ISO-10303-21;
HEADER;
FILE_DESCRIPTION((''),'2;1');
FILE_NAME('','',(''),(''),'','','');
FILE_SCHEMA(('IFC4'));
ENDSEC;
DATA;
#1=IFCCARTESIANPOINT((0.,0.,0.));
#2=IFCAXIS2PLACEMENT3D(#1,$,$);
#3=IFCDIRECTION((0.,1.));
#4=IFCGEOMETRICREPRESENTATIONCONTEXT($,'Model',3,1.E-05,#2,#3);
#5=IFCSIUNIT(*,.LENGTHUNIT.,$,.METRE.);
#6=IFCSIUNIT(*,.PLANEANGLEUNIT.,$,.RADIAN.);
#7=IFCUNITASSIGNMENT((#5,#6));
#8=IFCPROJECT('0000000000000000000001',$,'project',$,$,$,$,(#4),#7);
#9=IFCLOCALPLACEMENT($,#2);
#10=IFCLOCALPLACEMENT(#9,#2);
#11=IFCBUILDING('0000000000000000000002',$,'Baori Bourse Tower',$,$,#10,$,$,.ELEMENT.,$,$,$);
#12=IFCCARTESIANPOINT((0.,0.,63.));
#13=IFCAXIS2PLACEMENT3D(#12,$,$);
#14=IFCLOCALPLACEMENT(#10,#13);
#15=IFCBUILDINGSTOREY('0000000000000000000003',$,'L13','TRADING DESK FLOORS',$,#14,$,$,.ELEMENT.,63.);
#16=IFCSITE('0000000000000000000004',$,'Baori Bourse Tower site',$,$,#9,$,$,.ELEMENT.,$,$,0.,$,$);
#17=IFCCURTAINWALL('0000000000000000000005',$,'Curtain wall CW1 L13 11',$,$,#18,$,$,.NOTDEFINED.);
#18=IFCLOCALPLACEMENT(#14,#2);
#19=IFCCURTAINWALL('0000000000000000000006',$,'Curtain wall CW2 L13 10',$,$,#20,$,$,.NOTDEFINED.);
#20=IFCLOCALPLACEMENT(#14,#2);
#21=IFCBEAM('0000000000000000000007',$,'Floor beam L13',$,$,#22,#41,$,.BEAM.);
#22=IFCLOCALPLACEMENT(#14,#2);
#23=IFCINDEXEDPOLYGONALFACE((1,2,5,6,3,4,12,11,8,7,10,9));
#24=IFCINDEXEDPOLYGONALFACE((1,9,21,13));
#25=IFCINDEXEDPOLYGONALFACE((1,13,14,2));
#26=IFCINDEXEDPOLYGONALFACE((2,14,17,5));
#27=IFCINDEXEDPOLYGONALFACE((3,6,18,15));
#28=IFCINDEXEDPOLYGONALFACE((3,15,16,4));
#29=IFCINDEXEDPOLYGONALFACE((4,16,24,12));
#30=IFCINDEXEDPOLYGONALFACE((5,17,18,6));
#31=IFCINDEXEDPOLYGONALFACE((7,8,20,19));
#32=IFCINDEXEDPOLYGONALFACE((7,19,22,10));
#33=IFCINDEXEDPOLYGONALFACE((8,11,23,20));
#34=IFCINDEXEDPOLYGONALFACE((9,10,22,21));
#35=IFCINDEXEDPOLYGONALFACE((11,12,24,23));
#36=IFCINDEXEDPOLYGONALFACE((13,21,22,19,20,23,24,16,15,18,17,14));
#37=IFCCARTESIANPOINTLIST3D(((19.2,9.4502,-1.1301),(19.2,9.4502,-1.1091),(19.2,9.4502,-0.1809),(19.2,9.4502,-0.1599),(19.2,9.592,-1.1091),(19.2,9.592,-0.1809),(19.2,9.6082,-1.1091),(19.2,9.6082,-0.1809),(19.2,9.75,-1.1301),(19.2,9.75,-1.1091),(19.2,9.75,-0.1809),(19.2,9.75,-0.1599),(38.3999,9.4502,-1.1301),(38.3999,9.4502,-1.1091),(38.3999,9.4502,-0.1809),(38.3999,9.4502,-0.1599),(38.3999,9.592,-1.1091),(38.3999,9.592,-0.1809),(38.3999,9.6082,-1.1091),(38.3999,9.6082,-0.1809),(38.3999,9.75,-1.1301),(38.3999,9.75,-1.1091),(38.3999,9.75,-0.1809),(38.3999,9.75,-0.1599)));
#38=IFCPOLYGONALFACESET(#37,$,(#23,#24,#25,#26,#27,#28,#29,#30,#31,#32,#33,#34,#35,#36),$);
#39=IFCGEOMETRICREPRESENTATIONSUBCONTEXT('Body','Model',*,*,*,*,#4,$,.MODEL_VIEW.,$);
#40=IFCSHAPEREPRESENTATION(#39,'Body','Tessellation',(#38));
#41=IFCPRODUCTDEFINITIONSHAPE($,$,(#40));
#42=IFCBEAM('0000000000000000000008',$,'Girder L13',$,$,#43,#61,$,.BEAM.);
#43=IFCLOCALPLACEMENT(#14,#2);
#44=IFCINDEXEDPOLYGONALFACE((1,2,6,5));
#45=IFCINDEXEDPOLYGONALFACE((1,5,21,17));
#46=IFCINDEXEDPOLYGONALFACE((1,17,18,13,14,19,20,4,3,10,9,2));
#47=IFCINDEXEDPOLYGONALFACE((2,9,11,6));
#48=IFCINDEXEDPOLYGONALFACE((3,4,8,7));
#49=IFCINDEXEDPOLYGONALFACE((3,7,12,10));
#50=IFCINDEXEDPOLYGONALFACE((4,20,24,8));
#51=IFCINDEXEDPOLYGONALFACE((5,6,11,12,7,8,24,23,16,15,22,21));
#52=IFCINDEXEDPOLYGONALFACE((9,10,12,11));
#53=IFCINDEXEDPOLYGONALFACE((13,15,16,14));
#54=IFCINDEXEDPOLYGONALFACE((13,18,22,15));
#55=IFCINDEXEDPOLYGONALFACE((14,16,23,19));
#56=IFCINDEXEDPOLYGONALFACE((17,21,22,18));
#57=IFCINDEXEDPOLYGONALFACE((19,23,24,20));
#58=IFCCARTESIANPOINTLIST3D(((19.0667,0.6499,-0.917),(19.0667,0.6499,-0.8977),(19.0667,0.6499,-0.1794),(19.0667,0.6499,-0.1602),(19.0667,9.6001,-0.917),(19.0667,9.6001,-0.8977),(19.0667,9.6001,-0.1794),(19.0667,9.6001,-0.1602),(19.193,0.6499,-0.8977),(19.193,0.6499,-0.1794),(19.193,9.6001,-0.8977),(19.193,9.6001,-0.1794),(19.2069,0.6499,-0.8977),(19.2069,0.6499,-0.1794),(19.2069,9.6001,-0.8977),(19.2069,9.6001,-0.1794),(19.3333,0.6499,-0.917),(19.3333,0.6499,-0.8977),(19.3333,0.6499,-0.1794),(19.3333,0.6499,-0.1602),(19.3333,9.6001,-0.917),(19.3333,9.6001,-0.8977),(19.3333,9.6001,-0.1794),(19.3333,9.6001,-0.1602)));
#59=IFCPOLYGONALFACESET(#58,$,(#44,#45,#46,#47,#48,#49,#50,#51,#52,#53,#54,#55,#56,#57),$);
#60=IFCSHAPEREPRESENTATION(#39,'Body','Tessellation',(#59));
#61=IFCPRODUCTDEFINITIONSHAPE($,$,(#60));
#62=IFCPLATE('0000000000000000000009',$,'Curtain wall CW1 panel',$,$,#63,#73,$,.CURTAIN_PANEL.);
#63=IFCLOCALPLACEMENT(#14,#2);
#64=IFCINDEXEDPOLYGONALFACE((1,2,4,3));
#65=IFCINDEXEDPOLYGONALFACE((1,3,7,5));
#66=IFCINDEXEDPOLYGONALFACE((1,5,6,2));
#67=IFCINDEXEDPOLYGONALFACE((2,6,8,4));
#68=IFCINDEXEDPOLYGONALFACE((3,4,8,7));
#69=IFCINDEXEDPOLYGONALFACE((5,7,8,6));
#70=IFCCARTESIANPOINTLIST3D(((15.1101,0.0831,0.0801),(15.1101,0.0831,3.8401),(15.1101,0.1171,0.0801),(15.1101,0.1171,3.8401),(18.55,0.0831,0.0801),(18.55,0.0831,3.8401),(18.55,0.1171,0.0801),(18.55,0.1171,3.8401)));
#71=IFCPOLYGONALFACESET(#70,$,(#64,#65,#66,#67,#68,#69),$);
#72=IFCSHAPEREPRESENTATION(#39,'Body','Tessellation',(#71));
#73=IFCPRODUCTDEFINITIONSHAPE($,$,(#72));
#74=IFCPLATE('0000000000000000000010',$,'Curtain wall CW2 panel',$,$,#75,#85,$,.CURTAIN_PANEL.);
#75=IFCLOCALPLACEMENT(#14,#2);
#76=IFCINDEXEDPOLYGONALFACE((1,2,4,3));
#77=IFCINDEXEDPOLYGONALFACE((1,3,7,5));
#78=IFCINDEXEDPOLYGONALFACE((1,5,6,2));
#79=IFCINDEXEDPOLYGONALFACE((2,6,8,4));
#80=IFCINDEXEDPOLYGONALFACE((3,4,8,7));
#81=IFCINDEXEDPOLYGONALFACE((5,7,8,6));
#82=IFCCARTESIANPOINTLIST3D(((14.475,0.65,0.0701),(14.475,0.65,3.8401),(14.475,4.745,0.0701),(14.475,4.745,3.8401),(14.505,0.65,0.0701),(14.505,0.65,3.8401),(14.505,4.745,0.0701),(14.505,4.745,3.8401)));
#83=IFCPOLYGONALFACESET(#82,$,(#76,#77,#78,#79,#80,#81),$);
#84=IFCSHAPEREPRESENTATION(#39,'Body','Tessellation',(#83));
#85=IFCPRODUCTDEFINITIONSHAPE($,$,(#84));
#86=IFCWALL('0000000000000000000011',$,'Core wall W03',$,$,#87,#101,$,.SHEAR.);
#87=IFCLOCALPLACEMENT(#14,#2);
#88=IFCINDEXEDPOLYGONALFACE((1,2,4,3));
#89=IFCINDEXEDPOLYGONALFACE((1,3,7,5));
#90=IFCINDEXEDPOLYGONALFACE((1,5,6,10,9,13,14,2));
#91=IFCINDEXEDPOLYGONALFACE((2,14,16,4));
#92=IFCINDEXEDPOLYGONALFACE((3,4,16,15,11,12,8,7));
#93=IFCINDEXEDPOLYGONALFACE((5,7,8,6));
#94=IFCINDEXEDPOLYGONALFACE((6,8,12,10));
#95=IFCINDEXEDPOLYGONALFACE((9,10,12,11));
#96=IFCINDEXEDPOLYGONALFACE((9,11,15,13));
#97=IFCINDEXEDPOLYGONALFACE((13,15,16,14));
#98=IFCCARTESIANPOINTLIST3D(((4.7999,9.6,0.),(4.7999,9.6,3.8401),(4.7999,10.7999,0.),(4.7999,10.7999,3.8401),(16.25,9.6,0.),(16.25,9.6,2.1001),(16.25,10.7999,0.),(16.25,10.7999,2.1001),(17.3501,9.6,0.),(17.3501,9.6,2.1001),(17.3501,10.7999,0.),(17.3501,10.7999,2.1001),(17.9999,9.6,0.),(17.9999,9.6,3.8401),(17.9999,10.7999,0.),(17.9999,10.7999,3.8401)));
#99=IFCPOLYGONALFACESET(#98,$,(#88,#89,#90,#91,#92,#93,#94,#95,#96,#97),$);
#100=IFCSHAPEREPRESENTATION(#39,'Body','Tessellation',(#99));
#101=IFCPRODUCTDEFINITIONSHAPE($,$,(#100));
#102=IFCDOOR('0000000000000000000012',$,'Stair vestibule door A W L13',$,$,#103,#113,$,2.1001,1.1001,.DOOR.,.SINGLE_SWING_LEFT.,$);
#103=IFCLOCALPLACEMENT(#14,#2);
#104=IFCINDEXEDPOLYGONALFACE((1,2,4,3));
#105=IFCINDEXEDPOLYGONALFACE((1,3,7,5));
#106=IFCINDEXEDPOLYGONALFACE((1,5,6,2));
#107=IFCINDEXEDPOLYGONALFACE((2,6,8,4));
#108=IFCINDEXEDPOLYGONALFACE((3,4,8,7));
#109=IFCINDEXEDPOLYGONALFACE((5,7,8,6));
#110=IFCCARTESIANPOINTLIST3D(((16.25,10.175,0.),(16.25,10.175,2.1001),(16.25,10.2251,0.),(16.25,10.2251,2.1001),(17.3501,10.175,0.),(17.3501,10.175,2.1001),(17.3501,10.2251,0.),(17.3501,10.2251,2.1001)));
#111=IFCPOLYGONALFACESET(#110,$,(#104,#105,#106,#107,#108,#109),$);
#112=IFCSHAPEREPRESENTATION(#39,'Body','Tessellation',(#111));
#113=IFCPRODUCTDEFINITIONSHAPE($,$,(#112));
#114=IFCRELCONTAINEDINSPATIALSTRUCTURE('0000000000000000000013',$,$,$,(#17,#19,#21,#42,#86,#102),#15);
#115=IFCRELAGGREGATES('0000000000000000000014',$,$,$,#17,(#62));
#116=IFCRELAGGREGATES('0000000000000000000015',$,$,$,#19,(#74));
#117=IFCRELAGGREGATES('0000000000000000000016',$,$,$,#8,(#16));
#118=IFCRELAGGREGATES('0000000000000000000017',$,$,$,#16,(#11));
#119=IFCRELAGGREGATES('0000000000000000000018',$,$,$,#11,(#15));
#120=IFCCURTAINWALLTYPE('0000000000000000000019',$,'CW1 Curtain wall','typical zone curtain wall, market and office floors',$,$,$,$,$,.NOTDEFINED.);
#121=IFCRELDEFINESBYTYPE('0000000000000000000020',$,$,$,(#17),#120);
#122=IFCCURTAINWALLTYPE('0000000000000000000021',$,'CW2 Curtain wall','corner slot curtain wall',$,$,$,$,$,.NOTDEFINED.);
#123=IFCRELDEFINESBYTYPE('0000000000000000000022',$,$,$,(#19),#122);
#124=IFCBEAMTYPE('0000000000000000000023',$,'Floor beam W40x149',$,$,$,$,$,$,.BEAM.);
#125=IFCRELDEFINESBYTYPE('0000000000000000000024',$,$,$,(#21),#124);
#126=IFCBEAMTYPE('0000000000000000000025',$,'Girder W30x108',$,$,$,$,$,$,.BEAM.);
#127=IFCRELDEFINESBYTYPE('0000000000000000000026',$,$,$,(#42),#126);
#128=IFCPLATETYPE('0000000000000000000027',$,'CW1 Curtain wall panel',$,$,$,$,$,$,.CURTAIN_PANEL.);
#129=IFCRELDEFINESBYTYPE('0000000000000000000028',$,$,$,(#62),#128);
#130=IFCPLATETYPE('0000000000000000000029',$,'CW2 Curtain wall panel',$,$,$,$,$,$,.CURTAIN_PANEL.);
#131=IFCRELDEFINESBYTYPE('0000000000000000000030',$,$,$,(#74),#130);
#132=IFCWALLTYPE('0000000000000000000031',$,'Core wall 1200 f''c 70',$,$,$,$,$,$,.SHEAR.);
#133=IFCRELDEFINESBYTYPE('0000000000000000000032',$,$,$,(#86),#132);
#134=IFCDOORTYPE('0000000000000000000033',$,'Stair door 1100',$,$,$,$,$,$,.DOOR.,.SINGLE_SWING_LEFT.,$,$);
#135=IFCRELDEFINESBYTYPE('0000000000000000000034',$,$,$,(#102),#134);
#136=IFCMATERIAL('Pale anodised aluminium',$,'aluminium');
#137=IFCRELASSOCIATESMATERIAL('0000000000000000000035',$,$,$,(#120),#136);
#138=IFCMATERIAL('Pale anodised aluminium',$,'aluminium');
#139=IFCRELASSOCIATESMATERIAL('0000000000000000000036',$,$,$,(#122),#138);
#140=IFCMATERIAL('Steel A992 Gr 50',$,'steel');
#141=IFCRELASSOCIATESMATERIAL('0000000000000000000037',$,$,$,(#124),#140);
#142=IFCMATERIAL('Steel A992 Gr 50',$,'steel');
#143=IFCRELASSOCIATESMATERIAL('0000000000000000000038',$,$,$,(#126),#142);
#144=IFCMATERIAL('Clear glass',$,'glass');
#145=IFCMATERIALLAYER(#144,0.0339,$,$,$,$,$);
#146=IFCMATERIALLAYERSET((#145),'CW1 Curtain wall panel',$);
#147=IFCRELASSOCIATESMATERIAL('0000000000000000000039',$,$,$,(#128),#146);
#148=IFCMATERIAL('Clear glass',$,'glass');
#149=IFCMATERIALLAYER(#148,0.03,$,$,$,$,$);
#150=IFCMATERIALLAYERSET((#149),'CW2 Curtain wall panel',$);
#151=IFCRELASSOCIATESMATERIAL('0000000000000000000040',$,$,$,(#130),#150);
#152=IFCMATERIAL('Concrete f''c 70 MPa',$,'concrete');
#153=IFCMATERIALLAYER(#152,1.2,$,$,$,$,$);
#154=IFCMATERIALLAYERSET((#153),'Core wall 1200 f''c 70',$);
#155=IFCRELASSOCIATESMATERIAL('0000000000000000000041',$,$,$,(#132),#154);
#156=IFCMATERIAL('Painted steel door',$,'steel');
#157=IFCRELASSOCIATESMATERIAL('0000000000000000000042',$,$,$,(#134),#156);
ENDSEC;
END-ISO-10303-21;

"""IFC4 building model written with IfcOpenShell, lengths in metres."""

from ifc_helpers import new_model, si_unit, direction, frame, frame_2d, origin, origin_2d, place, context, subcontext, project, spatial, rectangle, i_section, extrude, material, layer, layer_set, material_profile, profile_set, type_object, element, fill, aggregate, save


model = new_model("IFC4")

# Units and contexts
model_context = context("Model", 3, precision=1e-05, world=origin(), true_north=direction((0.0, 1.0)))
body_context = subcontext(model_context, "Body", "Model", "MODEL_VIEW")
ifc_project = project(units=[si_unit("LENGTHUNIT", "METRE"), si_unit("PLANEANGLEUNIT", "RADIAN")], contexts=[model_context])

# Site, building, storey
site_placement = place(None, origin())
site = spatial("IfcSite", under=ifc_project, at=site_placement, Name="Baori Bourse Tower site", CompositionType="ELEMENT", RefElevation=0.0)
building_placement = place(site_placement, origin())
building = spatial("IfcBuilding", under=site, at=building_placement, Name="Baori Bourse Tower", CompositionType="ELEMENT")
storey_placement = place(building_placement, frame((0.0, 0.0, 63.0)))
storey = spatial("IfcBuildingStorey", under=building, at=storey_placement, Name="L13", Description="TRADING DESK FLOORS", CompositionType="ELEMENT", Elevation=63.0)

# Curtain walls
ifc_material_1 = material(Name="Pale anodised aluminium", Category="aluminium")
curtain_wall_type_1 = type_object("IfcCurtainWallType", Name="CW1 Curtain wall", Description="typical zone curtain wall, market and office floors", PredefinedType="NOTDEFINED", material=ifc_material_1)
curtain_wall_1_placement = place(storey_placement, origin())
curtain_wall_1 = element("IfcCurtainWall", 1, at=curtain_wall_1_placement, inside=storey, type_object=curtain_wall_type_1, Name="Curtain wall CW1 L13 11", PredefinedType="NOTDEFINED")
ifc_material_2 = material(Name="Pale anodised aluminium", Category="aluminium")
curtain_wall_type_2 = type_object("IfcCurtainWallType", Name="CW2 Curtain wall", Description="corner slot curtain wall", PredefinedType="NOTDEFINED", material=ifc_material_2)
curtain_wall_2_placement = place(storey_placement, origin())
curtain_wall_2 = element("IfcCurtainWall", 2, at=curtain_wall_2_placement, inside=storey, type_object=curtain_wall_type_2, Name="Curtain wall CW2 L13 10", PredefinedType="NOTDEFINED")

# Beams
ifc_material_3 = material(Name="Steel A992 Gr 50", Category="steel")
ifc_material_profile_1 = material_profile(ifc_material_3, i_section(OverallWidth=0.2998, OverallDepth=0.9702, WebThickness=0.0161, FlangeThickness=0.021, at=origin_2d()), Name="W40x149")
ifc_profile_set_1 = profile_set([ifc_material_profile_1], Name="Steel A992 Gr 50")
beam_type_1 = type_object("IfcBeamType", Name="Floor beam W40x149", PredefinedType="BEAM", material=ifc_profile_set_1)
beam_1_placement = place(storey_placement, frame((19.2, 9.6001, -0.645), z_axis=(1.0, 0.0, 0.0), x_axis=(0.0, 1.0, 0.0)))
element("IfcBeam", 3, at=beam_1_placement, inside=storey, type_object=beam_type_1, Name="Floor beam L13", PredefinedType="BEAM", context=body_context, shape_type="SweptSolid", body=[
    extrude(i_section(OverallWidth=0.2998, OverallDepth=0.9702, WebThickness=0.0161, FlangeThickness=0.021, at=origin_2d()), origin(), (0.0, 0.0, 1.0), 19.2),
])
ifc_material_4 = material(Name="Steel A992 Gr 50", Category="steel")
ifc_material_profile_2 = material_profile(ifc_material_4, i_section(OverallWidth=0.2666, OverallDepth=0.7568, WebThickness=0.0139, FlangeThickness=0.0193, at=origin_2d()), Name="W30x108")
ifc_profile_set_2 = profile_set([ifc_material_profile_2], Name="Steel A992 Gr 50")
beam_type_2 = type_object("IfcBeamType", Name="Girder W30x108", PredefinedType="BEAM", material=ifc_profile_set_2)
beam_2_placement = place(storey_placement, frame((19.2, 0.6499, -0.5386), z_axis=(0.0, 1.0, 0.0), x_axis=(-1.0, 0.0, 0.0)))
element("IfcBeam", 4, at=beam_2_placement, inside=storey, type_object=beam_type_2, Name="Girder L13", PredefinedType="BEAM", context=body_context, shape_type="SweptSolid", body=[
    extrude(i_section(OverallWidth=0.2666, OverallDepth=0.7568, WebThickness=0.0139, FlangeThickness=0.0193, at=origin_2d()), origin(), (0.0, 0.0, 1.0), 8.9502),
])

# Plates
ifc_material_5 = material(Name="Clear glass", Category="glass")
ifc_layer_1 = layer(ifc_material_5, 0.0339)
ifc_layer_set_1 = layer_set([ifc_layer_1], Name="CW1 Curtain wall panel")
plate_type_1 = type_object("IfcPlateType", Name="CW1 Curtain wall panel", PredefinedType="CURTAIN_PANEL", material=ifc_layer_set_1)
plate_1_placement = place(storey_placement, frame((16.8301, 0.1001, 0.0801), z_axis=(0.0, 0.0, 1.0), x_axis=(1.0, 0.0, 0.0)))
plate_1 = element("IfcPlate", 5, at=plate_1_placement, type_object=plate_type_1, Name="Curtain wall CW1 panel", PredefinedType="CURTAIN_PANEL", context=body_context, shape_type="SweptSolid", body=[
    extrude(rectangle(XDim=3.4399, YDim=0.0339, at=origin_2d()), origin(), (0.0, 0.0, 1.0), 3.76),
])
aggregate(curtain_wall_1, [plate_1])
ifc_material_6 = material(Name="Clear glass", Category="glass")
ifc_layer_2 = layer(ifc_material_6, 0.03)
ifc_layer_set_2 = layer_set([ifc_layer_2], Name="CW2 Curtain wall panel")
plate_type_2 = type_object("IfcPlateType", Name="CW2 Curtain wall panel", PredefinedType="CURTAIN_PANEL", material=ifc_layer_set_2)
plate_2_placement = place(storey_placement, frame((14.49, 2.6975, 0.0701), z_axis=(0.0, 0.0, 1.0), x_axis=(0.0, -1.0, 0.0)))
plate_2 = element("IfcPlate", 6, at=plate_2_placement, type_object=plate_type_2, Name="Curtain wall CW2 panel", PredefinedType="CURTAIN_PANEL", context=body_context, shape_type="SweptSolid", body=[
    extrude(rectangle(XDim=4.095, YDim=0.03, at=origin_2d()), origin(), (0.0, 0.0, 1.0), 3.77),
])
aggregate(curtain_wall_2, [plate_2])

# Wall, opening, door
ifc_material_7 = material(Name="Concrete f'c 70 MPa", Category="concrete")
ifc_layer_3 = layer(ifc_material_7, 1.2)
ifc_layer_set_3 = layer_set([ifc_layer_3], Name="Core wall 1200 f'c 70")
wall_type_1 = type_object("IfcWallType", Name="Core wall 1200 f'c 70", PredefinedType="SHEAR", material=ifc_layer_set_3)
wall_1_placement = place(storey_placement, frame((18.0, 10.2, 0.0), z_axis=(0.0, 0.0, 1.0), x_axis=(-1.0, 0.0, 0.0)))
wall_1 = element("IfcWall", 7, at=wall_1_placement, inside=storey, type_object=wall_type_1, Name="Core wall W03", PredefinedType="SHEAR", context=body_context, shape_type="SweptSolid", body=[
    extrude(rectangle(XDim=13.2, YDim=1.2, at=frame_2d((6.6001, 0.0))), origin(), (0.0, 0.0, 1.0), 3.8401),
])
opening_1_placement = place(wall_1_placement, frame((0.6499, 0.0, 0.0)))
opening_1 = element("IfcOpeningElement", 8, at=opening_1_placement, cuts=wall_1, PredefinedType="OPENING", context=body_context, shape_type="SweptSolid", body=[
    extrude(rectangle(XDim=1.1001, YDim=2.1001, at=frame_2d((0.55, 1.05))), frame((0.0, 0.6099, 0.0), z_axis=(0.0, -1.0, 0.0), x_axis=(1.0, 0.0, 0.0)), (0.0, 0.0, 1.0), 1.22),
])
ifc_material_8 = material(Name="Painted steel door", Category="steel")
door_type_1 = type_object("IfcDoorType", Name="Stair door 1100", OperationType="SINGLE_SWING_LEFT", PredefinedType="DOOR", material=ifc_material_8)
door_1_placement = place(opening_1_placement, origin())
door_1 = element("IfcDoor", 9, at=door_1_placement, inside=storey, type_object=door_type_1, Name="Stair vestibule door A W L13", OperationType="SINGLE_SWING_LEFT", OverallHeight=2.1001, OverallWidth=1.1001, PredefinedType="DOOR", context=body_context, shape_type="SweptSolid", body=[
    extrude(rectangle(XDim=1.1001, YDim=2.1001, at=frame_2d((0.55, 1.05))), frame((0.0, 0.0249, 0.0), z_axis=(0.0, -1.0, 0.0), x_axis=(1.0, 0.0, 0.0)), (0.0, 0.0, 1.0), 0.05),
])
fill(opening_1, door_1)

save(model, "model.ifc")
